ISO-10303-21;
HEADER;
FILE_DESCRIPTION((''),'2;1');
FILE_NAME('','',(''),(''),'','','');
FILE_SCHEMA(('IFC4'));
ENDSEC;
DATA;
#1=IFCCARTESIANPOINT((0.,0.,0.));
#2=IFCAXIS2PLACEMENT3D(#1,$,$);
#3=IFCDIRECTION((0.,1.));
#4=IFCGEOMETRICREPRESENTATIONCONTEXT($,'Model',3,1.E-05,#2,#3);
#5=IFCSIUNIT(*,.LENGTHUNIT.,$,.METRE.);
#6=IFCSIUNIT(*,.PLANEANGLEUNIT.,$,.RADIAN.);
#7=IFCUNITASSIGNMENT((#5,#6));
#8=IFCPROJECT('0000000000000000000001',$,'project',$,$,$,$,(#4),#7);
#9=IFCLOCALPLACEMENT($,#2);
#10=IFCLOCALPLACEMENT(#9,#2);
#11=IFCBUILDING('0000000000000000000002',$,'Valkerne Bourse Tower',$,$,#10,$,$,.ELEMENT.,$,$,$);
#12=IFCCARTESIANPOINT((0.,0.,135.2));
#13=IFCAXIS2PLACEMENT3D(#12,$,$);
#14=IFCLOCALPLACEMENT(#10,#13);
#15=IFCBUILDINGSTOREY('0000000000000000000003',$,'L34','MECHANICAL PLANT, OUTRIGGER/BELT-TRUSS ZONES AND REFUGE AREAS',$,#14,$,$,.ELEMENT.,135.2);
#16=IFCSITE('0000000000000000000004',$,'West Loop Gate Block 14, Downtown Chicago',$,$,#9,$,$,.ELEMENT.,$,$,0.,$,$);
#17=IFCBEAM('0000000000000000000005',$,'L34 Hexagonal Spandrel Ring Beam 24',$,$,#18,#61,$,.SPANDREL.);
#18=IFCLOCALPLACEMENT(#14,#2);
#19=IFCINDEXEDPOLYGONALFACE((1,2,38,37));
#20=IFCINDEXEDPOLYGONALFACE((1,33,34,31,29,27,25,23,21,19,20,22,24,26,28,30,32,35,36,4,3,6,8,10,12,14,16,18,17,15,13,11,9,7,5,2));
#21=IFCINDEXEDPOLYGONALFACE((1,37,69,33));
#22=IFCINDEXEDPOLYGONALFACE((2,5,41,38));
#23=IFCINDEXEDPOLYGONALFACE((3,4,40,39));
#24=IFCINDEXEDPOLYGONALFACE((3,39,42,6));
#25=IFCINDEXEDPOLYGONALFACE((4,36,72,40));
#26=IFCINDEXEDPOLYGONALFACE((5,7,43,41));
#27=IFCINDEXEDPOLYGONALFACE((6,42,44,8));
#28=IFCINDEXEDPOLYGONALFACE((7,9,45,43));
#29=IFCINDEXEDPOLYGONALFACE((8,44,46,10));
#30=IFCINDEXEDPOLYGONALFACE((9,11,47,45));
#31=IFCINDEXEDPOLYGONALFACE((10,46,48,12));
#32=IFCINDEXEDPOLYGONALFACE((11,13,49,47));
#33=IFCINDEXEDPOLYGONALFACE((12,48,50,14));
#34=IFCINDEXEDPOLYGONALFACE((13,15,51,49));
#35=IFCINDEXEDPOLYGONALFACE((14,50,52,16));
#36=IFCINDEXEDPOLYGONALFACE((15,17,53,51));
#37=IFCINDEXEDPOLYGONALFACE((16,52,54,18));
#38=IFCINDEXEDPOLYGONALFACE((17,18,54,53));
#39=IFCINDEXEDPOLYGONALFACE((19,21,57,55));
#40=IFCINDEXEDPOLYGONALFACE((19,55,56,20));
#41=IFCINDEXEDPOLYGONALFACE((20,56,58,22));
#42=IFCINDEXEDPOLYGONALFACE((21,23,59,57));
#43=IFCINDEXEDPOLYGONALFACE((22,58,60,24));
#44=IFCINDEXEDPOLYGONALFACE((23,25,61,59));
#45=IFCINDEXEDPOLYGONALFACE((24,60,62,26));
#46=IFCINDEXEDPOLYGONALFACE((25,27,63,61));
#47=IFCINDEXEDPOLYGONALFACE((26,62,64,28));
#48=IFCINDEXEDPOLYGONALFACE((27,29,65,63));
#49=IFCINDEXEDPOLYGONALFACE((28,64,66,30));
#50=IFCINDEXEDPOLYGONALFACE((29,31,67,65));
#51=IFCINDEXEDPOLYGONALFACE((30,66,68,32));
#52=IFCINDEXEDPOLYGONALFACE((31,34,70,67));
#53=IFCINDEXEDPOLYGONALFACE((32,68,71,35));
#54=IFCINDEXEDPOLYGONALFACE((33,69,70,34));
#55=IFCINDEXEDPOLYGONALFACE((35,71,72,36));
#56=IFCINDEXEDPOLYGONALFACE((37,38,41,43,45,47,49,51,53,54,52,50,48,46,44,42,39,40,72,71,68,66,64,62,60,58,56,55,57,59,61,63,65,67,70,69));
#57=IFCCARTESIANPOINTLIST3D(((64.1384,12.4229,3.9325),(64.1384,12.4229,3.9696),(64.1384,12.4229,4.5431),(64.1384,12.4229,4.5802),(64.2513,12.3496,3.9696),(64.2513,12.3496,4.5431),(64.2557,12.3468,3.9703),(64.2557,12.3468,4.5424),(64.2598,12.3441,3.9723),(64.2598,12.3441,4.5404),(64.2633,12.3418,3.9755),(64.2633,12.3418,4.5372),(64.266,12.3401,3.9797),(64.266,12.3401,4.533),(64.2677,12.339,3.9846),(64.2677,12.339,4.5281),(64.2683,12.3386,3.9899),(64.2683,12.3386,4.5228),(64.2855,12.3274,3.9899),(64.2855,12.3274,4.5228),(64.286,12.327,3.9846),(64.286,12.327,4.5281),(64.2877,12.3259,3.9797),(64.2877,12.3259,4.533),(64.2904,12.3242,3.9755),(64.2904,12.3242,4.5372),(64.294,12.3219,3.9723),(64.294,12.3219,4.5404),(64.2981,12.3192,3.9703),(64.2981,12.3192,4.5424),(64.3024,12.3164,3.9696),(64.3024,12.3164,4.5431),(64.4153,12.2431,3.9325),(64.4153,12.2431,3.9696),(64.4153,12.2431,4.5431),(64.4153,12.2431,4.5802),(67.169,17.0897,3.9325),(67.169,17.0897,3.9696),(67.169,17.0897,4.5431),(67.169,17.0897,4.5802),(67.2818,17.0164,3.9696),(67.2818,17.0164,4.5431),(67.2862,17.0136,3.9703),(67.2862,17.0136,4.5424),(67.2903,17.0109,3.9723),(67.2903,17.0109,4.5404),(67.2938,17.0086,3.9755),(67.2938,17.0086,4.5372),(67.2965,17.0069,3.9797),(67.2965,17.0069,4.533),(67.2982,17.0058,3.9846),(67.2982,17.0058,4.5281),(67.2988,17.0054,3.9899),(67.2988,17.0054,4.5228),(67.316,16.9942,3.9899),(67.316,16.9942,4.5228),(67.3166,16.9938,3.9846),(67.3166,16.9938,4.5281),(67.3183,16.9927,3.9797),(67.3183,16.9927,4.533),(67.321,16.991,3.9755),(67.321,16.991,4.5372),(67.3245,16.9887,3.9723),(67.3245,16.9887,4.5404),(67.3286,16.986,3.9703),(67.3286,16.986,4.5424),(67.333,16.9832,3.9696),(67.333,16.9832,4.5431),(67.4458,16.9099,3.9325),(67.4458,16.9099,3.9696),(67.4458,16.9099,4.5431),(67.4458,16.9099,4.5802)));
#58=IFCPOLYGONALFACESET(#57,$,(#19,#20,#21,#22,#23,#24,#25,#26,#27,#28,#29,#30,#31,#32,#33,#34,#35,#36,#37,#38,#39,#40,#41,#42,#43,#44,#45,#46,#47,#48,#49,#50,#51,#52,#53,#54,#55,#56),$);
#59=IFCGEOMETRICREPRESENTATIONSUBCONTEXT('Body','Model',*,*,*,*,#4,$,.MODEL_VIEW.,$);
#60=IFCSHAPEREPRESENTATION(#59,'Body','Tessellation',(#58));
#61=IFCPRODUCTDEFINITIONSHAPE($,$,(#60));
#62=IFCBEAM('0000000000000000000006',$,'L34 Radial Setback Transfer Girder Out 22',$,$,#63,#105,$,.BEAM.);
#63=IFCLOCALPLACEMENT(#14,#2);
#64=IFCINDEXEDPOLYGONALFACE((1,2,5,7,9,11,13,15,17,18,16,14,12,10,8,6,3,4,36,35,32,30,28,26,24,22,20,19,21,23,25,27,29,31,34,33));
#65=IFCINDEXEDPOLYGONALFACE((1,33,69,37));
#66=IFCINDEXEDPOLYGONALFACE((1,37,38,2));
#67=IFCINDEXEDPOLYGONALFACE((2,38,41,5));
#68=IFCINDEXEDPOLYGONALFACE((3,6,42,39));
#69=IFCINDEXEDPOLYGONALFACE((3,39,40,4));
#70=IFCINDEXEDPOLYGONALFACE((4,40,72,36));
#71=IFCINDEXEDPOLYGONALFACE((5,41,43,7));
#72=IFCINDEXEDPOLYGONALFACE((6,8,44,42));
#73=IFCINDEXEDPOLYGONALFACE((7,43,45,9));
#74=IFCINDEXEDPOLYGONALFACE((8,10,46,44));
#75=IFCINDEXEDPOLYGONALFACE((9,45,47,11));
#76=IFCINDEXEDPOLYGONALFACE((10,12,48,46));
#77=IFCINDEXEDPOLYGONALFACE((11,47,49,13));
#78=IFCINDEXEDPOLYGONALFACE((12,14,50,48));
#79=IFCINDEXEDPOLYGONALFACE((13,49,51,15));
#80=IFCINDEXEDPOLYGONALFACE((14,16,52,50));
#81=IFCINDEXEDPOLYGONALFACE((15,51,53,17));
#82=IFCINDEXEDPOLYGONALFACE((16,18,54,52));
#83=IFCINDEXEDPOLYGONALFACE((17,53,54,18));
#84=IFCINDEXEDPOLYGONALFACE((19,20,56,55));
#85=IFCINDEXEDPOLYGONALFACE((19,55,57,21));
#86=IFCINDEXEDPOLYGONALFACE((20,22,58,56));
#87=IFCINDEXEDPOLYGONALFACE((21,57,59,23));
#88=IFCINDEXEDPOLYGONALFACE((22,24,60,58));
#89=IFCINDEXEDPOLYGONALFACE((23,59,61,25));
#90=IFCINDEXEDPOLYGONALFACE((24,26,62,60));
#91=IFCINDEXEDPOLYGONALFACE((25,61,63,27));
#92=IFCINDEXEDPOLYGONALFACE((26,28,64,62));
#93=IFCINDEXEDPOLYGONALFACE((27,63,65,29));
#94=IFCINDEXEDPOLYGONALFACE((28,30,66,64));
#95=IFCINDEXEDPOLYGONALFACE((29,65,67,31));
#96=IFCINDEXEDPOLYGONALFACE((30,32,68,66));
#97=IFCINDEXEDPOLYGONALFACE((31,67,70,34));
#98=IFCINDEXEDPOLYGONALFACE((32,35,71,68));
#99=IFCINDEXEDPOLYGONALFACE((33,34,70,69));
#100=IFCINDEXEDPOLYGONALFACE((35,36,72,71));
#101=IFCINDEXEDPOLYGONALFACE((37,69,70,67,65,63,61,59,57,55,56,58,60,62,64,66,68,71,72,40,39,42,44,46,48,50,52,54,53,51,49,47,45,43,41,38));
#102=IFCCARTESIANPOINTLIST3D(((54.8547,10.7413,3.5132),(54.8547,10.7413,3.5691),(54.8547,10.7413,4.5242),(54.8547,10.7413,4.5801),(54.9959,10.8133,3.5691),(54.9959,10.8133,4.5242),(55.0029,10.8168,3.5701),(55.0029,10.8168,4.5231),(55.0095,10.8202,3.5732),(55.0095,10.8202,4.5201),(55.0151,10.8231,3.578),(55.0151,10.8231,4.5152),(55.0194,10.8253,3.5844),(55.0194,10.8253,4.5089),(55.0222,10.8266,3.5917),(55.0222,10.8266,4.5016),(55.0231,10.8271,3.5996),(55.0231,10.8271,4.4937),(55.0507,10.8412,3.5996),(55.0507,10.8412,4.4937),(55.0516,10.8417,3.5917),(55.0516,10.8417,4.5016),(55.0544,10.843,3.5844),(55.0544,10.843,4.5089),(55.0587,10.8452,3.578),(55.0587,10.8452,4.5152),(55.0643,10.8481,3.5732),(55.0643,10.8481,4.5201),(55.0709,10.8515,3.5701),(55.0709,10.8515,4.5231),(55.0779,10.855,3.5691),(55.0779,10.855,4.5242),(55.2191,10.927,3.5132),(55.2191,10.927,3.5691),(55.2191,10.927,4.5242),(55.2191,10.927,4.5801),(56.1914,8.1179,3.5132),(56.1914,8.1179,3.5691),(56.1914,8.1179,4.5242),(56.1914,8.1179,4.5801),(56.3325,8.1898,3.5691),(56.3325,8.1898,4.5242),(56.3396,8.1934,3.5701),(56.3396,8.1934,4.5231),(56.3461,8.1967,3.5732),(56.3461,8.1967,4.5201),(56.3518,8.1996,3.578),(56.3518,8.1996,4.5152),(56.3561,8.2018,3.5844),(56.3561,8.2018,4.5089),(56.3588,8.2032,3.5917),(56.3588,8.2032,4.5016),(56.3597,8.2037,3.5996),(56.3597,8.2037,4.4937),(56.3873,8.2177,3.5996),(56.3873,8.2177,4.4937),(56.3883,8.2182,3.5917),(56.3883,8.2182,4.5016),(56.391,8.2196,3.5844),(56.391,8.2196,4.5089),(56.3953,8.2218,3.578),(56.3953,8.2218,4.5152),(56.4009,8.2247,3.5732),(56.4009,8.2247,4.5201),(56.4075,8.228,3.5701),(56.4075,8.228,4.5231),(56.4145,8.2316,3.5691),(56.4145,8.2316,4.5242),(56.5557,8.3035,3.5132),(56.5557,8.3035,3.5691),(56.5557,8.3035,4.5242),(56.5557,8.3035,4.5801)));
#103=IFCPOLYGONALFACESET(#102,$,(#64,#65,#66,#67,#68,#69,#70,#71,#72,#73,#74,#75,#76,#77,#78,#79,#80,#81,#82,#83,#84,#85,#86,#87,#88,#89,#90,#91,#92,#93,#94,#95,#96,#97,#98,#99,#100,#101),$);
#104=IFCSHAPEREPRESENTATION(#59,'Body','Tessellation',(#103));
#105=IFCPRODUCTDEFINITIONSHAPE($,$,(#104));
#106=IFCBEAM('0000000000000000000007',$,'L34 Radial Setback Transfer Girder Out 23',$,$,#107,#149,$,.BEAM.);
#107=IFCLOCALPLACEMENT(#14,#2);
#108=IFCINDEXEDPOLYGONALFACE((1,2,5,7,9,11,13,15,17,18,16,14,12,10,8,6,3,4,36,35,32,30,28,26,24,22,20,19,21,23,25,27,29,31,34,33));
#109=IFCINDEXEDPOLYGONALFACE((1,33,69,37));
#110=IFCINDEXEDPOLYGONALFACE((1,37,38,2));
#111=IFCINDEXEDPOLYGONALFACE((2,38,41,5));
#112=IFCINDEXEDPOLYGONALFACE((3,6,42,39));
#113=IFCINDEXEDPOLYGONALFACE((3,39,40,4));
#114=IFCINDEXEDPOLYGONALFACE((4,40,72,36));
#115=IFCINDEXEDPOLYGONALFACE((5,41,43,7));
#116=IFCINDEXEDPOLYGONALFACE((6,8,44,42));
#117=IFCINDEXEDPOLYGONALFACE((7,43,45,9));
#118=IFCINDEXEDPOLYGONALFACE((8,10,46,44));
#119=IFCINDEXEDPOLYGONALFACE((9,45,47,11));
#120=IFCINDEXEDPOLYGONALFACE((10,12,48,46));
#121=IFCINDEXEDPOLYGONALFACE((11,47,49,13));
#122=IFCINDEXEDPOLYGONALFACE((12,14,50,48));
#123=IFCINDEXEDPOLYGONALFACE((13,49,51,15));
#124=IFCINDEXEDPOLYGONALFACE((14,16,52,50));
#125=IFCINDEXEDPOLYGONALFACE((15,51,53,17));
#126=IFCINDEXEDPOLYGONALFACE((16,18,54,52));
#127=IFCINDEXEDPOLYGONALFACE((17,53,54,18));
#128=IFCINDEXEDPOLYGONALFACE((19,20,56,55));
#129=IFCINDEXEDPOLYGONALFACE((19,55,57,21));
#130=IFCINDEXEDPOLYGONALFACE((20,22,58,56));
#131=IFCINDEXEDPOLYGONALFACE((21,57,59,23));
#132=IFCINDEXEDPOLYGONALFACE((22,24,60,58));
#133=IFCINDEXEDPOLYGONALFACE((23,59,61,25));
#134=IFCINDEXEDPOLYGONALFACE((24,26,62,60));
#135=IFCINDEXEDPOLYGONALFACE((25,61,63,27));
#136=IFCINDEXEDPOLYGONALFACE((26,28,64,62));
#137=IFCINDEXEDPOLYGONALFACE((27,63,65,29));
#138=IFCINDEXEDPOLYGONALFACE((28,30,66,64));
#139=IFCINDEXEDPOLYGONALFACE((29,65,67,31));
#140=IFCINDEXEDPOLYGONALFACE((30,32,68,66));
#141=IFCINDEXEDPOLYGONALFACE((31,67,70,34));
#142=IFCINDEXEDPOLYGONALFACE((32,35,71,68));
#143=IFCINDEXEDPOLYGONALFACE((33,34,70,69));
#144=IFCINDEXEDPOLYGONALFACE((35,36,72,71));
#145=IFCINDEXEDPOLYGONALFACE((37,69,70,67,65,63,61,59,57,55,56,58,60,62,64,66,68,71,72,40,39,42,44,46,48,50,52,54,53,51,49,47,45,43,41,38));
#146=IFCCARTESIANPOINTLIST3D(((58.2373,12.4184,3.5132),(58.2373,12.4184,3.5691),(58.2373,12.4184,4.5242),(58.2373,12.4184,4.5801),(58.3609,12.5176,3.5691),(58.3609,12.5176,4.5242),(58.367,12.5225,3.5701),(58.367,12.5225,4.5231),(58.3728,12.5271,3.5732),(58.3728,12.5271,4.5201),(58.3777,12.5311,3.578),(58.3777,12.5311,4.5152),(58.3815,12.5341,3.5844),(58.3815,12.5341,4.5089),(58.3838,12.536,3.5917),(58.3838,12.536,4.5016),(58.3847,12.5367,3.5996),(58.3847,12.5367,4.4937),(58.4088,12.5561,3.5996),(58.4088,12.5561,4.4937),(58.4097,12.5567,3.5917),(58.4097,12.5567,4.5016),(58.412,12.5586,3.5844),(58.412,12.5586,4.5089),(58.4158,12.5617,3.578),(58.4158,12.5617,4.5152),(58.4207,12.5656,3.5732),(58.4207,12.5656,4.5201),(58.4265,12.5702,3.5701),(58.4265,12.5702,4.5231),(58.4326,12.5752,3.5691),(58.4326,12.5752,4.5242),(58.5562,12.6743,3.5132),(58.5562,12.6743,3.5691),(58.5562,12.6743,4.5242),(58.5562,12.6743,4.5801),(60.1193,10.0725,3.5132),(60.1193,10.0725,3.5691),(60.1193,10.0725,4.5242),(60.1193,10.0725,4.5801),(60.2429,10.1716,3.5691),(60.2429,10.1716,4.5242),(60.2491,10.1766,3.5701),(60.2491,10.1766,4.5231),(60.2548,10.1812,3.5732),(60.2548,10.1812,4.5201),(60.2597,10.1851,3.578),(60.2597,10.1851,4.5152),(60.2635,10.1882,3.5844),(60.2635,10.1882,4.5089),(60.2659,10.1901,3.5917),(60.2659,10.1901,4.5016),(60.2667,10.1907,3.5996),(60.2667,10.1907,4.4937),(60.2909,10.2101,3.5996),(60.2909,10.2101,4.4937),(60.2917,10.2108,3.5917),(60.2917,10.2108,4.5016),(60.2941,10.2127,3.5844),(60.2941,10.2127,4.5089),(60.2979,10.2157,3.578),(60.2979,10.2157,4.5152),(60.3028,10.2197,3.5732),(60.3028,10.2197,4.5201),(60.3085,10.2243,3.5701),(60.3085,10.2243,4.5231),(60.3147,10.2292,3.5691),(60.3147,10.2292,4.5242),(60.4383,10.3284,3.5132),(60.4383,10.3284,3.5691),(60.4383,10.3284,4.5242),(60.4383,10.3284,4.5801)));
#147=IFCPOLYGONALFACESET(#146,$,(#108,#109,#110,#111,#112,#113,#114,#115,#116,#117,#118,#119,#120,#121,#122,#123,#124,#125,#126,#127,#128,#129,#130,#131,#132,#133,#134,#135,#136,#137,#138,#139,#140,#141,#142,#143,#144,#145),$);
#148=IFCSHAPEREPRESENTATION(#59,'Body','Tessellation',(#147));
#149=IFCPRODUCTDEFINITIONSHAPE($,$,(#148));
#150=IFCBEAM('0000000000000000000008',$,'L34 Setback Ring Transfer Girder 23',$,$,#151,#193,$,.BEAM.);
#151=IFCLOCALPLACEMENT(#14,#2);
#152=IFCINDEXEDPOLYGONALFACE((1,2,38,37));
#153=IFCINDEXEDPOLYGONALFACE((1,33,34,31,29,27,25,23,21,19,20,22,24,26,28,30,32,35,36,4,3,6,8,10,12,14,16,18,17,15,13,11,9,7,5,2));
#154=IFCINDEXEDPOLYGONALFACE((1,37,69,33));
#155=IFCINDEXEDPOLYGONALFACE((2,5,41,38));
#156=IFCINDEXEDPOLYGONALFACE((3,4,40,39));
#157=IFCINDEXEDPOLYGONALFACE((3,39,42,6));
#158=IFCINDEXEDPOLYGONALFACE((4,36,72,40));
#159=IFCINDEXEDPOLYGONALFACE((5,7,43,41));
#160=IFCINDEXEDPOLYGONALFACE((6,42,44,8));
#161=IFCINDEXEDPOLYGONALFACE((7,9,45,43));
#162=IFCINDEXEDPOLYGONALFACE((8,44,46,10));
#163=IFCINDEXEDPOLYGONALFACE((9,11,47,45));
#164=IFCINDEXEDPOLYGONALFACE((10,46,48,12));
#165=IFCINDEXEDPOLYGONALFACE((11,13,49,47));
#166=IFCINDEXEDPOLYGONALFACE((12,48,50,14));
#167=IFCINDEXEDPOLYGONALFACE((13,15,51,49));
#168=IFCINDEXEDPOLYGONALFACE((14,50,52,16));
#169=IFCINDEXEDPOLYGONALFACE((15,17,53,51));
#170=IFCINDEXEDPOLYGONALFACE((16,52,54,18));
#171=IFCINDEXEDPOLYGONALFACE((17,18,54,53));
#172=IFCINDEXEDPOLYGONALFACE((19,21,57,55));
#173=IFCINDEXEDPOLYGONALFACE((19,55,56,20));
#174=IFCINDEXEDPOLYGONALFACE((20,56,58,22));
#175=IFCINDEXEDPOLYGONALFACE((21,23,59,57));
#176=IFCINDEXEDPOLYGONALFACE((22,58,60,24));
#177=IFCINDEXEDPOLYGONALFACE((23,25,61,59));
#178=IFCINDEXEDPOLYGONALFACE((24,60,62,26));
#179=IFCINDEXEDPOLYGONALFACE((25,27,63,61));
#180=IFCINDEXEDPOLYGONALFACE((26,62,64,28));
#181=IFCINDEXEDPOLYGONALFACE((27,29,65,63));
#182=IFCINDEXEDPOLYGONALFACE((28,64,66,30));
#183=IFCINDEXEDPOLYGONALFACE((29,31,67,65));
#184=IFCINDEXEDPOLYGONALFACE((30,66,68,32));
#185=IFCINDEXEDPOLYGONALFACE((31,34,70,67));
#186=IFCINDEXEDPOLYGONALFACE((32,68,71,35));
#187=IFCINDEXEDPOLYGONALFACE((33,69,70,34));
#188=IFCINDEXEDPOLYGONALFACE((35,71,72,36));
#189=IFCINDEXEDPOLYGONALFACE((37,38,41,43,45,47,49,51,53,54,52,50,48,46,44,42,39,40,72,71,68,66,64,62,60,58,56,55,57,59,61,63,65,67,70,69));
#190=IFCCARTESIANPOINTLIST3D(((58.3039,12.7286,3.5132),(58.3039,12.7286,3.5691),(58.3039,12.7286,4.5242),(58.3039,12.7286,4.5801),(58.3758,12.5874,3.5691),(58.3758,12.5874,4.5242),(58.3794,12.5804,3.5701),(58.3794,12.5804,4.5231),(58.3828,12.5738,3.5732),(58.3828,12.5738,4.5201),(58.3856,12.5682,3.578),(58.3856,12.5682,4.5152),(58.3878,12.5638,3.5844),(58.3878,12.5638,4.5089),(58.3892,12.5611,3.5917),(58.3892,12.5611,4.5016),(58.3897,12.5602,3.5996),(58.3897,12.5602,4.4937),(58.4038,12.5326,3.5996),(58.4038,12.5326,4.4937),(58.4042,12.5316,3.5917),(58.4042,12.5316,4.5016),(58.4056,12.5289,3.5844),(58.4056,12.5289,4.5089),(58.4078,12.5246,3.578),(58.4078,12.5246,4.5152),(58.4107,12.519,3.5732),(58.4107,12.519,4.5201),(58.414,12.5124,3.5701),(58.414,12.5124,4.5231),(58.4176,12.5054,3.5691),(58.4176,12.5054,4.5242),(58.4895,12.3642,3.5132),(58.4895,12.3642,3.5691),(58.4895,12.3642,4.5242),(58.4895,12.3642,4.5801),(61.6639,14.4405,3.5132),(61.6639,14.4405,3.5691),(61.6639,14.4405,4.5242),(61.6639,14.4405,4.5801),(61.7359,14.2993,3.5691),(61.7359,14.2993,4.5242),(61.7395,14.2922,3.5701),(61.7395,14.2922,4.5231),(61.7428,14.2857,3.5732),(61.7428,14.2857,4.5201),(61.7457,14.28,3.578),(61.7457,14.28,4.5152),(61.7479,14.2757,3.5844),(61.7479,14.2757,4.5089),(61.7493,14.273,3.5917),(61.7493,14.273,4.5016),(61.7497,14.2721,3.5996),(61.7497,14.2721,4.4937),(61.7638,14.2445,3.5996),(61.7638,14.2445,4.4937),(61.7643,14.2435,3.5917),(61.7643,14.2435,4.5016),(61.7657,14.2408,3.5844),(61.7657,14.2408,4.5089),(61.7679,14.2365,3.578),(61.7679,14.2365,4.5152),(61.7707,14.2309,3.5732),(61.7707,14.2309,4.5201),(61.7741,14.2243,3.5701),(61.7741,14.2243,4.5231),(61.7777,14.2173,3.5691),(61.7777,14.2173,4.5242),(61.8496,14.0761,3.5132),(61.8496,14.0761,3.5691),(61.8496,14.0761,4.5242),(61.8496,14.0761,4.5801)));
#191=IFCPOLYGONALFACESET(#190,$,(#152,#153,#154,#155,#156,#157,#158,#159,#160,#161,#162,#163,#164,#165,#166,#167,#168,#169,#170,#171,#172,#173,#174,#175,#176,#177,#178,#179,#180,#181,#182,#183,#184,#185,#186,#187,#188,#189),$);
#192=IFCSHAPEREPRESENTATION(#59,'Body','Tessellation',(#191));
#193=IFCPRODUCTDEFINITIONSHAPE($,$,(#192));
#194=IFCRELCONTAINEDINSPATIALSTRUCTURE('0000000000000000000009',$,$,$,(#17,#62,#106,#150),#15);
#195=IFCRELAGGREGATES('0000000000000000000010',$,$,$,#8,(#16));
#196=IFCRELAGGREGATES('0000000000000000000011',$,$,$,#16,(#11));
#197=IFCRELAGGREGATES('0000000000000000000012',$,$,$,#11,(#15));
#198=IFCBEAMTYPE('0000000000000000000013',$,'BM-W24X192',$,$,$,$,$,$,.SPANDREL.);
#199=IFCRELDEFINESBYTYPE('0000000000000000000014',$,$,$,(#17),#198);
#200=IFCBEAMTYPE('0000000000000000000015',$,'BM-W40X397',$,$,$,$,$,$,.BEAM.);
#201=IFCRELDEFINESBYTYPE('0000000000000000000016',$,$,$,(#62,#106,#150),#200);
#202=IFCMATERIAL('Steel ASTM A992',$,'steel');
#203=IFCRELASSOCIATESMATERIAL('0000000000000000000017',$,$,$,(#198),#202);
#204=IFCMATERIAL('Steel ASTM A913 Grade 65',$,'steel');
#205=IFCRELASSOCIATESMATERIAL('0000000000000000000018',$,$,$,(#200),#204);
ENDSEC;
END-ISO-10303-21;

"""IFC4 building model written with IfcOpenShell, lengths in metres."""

from ifc_helpers import new_model, si_unit, direction, frame, origin, origin_2d, place, context, subcontext, project, spatial, i_section, extrude, material, material_profile, profile_set, type_object, element, save


model = new_model("IFC4")

# Units and contexts
model_context = context("Model", 3, precision=1e-05, world=origin(), true_north=direction((0.0, 1.0)))
body_context = subcontext(model_context, "Body", "Model", "MODEL_VIEW")
ifc_project = project(units=[si_unit("LENGTHUNIT", "METRE"), si_unit("PLANEANGLEUNIT", "RADIAN")], contexts=[model_context])

# Site, building, storey
site_placement = place(None, origin())
site = spatial("IfcSite", under=ifc_project, at=site_placement, Name="West Loop Gate Block 14, Downtown Chicago", CompositionType="ELEMENT", RefElevation=0.0)
building_placement = place(site_placement, origin())
building = spatial("IfcBuilding", under=site, at=building_placement, Name="Valkerne Bourse Tower", CompositionType="ELEMENT")
storey_placement = place(building_placement, frame((0.0, 0.0, 135.2)))
storey = spatial("IfcBuildingStorey", under=building, at=storey_placement, Name="L34", Description="MECHANICAL PLANT, OUTRIGGER/BELT-TRUSS ZONES AND REFUGE AREAS", CompositionType="ELEMENT", Elevation=135.2)

# Shared definitions
ifc_material_1 = material(Name="Steel ASTM A913 Grade 65", Category="steel")

# Beams
ifc_material_2 = material(Name="Steel ASTM A992", Category="steel")
ifc_material_profile_1 = material_profile(ifc_material_2, i_section(OverallWidth=0.3301, OverallDepth=0.6477, WebThickness=0.0205, FlangeThickness=0.0371, FilletRadius=0.0203, at=origin_2d()), Name="W24X192")
ifc_profile_set_1 = profile_set([ifc_material_profile_1], Name="Steel ASTM A992")
beam_type_1 = type_object("IfcBeamType", Name="BM-W24X192", PredefinedType="SPANDREL", material=ifc_profile_set_1)
beam_1_placement = place(storey_placement, frame((64.2769, 12.333, 4.2563), z_axis=(0.544626, 0.838679, 0.0), x_axis=(-0.838679, 0.544626, 0.0)))
element("IfcBeam", 1, at=beam_1_placement, inside=storey, type_object=beam_type_1, Name="L34 Hexagonal Spandrel Ring Beam 24", PredefinedType="SPANDREL", context=body_context, shape_type="SweptSolid", body=[
    extrude(i_section(OverallWidth=0.3301, OverallDepth=0.6477, WebThickness=0.0205, FlangeThickness=0.0371, FilletRadius=0.0203, at=origin_2d()), origin(), (0.0, 0.0, 1.0), 5.5645),
])
ifc_material_profile_2 = material_profile(ifc_material_1, i_section(OverallWidth=0.4089, OverallDepth=1.0669, WebThickness=0.031, FlangeThickness=0.0559, FilletRadius=0.0305, at=origin_2d()), Name="W40X397")
ifc_profile_set_2 = profile_set([ifc_material_profile_2], Name="Steel ASTM A913 Grade 65")
beam_type_2 = type_object("IfcBeamType", Name="BM-W40X397", PredefinedType="BEAM", material=ifc_profile_set_2)
beam_2_placement = place(storey_placement, frame((56.3735, 8.2107, 4.0466), z_axis=(-0.453967, 0.891019, 0.0), x_axis=(-0.891019, -0.453967, 0.0)))
element("IfcBeam", 2, at=beam_2_placement, inside=storey, type_object=beam_type_2, Name="L34 Radial Setback Transfer Girder Out 22", PredefinedType="BEAM", context=body_context, shape_type="SweptSolid", body=[
    extrude(i_section(OverallWidth=0.4089, OverallDepth=1.0669, WebThickness=0.031, FlangeThickness=0.0559, FilletRadius=0.0305, at=origin_2d()), origin(), (0.0, 0.0, 1.0), 2.9443),
])
beam_3_placement = place(storey_placement, frame((60.2788, 10.2004, 4.0466), z_axis=(-0.625773, 0.780005, 0.0), x_axis=(-0.780005, -0.625773, 0.0)))
element("IfcBeam", 3, at=beam_3_placement, inside=storey, type_object=beam_type_2, Name="L34 Radial Setback Transfer Girder Out 23", PredefinedType="BEAM", context=body_context, shape_type="SweptSolid", body=[
    extrude(i_section(OverallWidth=0.4089, OverallDepth=1.0669, WebThickness=0.031, FlangeThickness=0.0559, FilletRadius=0.0305, at=origin_2d()), origin(), (0.0, 0.0, 1.0), 3.0076),
])
beam_4_placement = place(storey_placement, frame((58.3967, 12.5464, 4.0466), z_axis=(0.891022, 0.45396, 0.0), x_axis=(-0.45396, 0.891022, 0.0)))
element("IfcBeam", 4, at=beam_4_placement, inside=storey, type_object=beam_type_2, Name="L34 Setback Ring Transfer Girder 23", PredefinedType="BEAM", context=body_context, shape_type="SweptSolid", body=[
    extrude(i_section(OverallWidth=0.4089, OverallDepth=1.0669, WebThickness=0.031, FlangeThickness=0.0559, FilletRadius=0.0305, at=origin_2d()), origin(), (0.0, 0.0, 1.0), 3.771),
])

save(model, "model.ifc")
